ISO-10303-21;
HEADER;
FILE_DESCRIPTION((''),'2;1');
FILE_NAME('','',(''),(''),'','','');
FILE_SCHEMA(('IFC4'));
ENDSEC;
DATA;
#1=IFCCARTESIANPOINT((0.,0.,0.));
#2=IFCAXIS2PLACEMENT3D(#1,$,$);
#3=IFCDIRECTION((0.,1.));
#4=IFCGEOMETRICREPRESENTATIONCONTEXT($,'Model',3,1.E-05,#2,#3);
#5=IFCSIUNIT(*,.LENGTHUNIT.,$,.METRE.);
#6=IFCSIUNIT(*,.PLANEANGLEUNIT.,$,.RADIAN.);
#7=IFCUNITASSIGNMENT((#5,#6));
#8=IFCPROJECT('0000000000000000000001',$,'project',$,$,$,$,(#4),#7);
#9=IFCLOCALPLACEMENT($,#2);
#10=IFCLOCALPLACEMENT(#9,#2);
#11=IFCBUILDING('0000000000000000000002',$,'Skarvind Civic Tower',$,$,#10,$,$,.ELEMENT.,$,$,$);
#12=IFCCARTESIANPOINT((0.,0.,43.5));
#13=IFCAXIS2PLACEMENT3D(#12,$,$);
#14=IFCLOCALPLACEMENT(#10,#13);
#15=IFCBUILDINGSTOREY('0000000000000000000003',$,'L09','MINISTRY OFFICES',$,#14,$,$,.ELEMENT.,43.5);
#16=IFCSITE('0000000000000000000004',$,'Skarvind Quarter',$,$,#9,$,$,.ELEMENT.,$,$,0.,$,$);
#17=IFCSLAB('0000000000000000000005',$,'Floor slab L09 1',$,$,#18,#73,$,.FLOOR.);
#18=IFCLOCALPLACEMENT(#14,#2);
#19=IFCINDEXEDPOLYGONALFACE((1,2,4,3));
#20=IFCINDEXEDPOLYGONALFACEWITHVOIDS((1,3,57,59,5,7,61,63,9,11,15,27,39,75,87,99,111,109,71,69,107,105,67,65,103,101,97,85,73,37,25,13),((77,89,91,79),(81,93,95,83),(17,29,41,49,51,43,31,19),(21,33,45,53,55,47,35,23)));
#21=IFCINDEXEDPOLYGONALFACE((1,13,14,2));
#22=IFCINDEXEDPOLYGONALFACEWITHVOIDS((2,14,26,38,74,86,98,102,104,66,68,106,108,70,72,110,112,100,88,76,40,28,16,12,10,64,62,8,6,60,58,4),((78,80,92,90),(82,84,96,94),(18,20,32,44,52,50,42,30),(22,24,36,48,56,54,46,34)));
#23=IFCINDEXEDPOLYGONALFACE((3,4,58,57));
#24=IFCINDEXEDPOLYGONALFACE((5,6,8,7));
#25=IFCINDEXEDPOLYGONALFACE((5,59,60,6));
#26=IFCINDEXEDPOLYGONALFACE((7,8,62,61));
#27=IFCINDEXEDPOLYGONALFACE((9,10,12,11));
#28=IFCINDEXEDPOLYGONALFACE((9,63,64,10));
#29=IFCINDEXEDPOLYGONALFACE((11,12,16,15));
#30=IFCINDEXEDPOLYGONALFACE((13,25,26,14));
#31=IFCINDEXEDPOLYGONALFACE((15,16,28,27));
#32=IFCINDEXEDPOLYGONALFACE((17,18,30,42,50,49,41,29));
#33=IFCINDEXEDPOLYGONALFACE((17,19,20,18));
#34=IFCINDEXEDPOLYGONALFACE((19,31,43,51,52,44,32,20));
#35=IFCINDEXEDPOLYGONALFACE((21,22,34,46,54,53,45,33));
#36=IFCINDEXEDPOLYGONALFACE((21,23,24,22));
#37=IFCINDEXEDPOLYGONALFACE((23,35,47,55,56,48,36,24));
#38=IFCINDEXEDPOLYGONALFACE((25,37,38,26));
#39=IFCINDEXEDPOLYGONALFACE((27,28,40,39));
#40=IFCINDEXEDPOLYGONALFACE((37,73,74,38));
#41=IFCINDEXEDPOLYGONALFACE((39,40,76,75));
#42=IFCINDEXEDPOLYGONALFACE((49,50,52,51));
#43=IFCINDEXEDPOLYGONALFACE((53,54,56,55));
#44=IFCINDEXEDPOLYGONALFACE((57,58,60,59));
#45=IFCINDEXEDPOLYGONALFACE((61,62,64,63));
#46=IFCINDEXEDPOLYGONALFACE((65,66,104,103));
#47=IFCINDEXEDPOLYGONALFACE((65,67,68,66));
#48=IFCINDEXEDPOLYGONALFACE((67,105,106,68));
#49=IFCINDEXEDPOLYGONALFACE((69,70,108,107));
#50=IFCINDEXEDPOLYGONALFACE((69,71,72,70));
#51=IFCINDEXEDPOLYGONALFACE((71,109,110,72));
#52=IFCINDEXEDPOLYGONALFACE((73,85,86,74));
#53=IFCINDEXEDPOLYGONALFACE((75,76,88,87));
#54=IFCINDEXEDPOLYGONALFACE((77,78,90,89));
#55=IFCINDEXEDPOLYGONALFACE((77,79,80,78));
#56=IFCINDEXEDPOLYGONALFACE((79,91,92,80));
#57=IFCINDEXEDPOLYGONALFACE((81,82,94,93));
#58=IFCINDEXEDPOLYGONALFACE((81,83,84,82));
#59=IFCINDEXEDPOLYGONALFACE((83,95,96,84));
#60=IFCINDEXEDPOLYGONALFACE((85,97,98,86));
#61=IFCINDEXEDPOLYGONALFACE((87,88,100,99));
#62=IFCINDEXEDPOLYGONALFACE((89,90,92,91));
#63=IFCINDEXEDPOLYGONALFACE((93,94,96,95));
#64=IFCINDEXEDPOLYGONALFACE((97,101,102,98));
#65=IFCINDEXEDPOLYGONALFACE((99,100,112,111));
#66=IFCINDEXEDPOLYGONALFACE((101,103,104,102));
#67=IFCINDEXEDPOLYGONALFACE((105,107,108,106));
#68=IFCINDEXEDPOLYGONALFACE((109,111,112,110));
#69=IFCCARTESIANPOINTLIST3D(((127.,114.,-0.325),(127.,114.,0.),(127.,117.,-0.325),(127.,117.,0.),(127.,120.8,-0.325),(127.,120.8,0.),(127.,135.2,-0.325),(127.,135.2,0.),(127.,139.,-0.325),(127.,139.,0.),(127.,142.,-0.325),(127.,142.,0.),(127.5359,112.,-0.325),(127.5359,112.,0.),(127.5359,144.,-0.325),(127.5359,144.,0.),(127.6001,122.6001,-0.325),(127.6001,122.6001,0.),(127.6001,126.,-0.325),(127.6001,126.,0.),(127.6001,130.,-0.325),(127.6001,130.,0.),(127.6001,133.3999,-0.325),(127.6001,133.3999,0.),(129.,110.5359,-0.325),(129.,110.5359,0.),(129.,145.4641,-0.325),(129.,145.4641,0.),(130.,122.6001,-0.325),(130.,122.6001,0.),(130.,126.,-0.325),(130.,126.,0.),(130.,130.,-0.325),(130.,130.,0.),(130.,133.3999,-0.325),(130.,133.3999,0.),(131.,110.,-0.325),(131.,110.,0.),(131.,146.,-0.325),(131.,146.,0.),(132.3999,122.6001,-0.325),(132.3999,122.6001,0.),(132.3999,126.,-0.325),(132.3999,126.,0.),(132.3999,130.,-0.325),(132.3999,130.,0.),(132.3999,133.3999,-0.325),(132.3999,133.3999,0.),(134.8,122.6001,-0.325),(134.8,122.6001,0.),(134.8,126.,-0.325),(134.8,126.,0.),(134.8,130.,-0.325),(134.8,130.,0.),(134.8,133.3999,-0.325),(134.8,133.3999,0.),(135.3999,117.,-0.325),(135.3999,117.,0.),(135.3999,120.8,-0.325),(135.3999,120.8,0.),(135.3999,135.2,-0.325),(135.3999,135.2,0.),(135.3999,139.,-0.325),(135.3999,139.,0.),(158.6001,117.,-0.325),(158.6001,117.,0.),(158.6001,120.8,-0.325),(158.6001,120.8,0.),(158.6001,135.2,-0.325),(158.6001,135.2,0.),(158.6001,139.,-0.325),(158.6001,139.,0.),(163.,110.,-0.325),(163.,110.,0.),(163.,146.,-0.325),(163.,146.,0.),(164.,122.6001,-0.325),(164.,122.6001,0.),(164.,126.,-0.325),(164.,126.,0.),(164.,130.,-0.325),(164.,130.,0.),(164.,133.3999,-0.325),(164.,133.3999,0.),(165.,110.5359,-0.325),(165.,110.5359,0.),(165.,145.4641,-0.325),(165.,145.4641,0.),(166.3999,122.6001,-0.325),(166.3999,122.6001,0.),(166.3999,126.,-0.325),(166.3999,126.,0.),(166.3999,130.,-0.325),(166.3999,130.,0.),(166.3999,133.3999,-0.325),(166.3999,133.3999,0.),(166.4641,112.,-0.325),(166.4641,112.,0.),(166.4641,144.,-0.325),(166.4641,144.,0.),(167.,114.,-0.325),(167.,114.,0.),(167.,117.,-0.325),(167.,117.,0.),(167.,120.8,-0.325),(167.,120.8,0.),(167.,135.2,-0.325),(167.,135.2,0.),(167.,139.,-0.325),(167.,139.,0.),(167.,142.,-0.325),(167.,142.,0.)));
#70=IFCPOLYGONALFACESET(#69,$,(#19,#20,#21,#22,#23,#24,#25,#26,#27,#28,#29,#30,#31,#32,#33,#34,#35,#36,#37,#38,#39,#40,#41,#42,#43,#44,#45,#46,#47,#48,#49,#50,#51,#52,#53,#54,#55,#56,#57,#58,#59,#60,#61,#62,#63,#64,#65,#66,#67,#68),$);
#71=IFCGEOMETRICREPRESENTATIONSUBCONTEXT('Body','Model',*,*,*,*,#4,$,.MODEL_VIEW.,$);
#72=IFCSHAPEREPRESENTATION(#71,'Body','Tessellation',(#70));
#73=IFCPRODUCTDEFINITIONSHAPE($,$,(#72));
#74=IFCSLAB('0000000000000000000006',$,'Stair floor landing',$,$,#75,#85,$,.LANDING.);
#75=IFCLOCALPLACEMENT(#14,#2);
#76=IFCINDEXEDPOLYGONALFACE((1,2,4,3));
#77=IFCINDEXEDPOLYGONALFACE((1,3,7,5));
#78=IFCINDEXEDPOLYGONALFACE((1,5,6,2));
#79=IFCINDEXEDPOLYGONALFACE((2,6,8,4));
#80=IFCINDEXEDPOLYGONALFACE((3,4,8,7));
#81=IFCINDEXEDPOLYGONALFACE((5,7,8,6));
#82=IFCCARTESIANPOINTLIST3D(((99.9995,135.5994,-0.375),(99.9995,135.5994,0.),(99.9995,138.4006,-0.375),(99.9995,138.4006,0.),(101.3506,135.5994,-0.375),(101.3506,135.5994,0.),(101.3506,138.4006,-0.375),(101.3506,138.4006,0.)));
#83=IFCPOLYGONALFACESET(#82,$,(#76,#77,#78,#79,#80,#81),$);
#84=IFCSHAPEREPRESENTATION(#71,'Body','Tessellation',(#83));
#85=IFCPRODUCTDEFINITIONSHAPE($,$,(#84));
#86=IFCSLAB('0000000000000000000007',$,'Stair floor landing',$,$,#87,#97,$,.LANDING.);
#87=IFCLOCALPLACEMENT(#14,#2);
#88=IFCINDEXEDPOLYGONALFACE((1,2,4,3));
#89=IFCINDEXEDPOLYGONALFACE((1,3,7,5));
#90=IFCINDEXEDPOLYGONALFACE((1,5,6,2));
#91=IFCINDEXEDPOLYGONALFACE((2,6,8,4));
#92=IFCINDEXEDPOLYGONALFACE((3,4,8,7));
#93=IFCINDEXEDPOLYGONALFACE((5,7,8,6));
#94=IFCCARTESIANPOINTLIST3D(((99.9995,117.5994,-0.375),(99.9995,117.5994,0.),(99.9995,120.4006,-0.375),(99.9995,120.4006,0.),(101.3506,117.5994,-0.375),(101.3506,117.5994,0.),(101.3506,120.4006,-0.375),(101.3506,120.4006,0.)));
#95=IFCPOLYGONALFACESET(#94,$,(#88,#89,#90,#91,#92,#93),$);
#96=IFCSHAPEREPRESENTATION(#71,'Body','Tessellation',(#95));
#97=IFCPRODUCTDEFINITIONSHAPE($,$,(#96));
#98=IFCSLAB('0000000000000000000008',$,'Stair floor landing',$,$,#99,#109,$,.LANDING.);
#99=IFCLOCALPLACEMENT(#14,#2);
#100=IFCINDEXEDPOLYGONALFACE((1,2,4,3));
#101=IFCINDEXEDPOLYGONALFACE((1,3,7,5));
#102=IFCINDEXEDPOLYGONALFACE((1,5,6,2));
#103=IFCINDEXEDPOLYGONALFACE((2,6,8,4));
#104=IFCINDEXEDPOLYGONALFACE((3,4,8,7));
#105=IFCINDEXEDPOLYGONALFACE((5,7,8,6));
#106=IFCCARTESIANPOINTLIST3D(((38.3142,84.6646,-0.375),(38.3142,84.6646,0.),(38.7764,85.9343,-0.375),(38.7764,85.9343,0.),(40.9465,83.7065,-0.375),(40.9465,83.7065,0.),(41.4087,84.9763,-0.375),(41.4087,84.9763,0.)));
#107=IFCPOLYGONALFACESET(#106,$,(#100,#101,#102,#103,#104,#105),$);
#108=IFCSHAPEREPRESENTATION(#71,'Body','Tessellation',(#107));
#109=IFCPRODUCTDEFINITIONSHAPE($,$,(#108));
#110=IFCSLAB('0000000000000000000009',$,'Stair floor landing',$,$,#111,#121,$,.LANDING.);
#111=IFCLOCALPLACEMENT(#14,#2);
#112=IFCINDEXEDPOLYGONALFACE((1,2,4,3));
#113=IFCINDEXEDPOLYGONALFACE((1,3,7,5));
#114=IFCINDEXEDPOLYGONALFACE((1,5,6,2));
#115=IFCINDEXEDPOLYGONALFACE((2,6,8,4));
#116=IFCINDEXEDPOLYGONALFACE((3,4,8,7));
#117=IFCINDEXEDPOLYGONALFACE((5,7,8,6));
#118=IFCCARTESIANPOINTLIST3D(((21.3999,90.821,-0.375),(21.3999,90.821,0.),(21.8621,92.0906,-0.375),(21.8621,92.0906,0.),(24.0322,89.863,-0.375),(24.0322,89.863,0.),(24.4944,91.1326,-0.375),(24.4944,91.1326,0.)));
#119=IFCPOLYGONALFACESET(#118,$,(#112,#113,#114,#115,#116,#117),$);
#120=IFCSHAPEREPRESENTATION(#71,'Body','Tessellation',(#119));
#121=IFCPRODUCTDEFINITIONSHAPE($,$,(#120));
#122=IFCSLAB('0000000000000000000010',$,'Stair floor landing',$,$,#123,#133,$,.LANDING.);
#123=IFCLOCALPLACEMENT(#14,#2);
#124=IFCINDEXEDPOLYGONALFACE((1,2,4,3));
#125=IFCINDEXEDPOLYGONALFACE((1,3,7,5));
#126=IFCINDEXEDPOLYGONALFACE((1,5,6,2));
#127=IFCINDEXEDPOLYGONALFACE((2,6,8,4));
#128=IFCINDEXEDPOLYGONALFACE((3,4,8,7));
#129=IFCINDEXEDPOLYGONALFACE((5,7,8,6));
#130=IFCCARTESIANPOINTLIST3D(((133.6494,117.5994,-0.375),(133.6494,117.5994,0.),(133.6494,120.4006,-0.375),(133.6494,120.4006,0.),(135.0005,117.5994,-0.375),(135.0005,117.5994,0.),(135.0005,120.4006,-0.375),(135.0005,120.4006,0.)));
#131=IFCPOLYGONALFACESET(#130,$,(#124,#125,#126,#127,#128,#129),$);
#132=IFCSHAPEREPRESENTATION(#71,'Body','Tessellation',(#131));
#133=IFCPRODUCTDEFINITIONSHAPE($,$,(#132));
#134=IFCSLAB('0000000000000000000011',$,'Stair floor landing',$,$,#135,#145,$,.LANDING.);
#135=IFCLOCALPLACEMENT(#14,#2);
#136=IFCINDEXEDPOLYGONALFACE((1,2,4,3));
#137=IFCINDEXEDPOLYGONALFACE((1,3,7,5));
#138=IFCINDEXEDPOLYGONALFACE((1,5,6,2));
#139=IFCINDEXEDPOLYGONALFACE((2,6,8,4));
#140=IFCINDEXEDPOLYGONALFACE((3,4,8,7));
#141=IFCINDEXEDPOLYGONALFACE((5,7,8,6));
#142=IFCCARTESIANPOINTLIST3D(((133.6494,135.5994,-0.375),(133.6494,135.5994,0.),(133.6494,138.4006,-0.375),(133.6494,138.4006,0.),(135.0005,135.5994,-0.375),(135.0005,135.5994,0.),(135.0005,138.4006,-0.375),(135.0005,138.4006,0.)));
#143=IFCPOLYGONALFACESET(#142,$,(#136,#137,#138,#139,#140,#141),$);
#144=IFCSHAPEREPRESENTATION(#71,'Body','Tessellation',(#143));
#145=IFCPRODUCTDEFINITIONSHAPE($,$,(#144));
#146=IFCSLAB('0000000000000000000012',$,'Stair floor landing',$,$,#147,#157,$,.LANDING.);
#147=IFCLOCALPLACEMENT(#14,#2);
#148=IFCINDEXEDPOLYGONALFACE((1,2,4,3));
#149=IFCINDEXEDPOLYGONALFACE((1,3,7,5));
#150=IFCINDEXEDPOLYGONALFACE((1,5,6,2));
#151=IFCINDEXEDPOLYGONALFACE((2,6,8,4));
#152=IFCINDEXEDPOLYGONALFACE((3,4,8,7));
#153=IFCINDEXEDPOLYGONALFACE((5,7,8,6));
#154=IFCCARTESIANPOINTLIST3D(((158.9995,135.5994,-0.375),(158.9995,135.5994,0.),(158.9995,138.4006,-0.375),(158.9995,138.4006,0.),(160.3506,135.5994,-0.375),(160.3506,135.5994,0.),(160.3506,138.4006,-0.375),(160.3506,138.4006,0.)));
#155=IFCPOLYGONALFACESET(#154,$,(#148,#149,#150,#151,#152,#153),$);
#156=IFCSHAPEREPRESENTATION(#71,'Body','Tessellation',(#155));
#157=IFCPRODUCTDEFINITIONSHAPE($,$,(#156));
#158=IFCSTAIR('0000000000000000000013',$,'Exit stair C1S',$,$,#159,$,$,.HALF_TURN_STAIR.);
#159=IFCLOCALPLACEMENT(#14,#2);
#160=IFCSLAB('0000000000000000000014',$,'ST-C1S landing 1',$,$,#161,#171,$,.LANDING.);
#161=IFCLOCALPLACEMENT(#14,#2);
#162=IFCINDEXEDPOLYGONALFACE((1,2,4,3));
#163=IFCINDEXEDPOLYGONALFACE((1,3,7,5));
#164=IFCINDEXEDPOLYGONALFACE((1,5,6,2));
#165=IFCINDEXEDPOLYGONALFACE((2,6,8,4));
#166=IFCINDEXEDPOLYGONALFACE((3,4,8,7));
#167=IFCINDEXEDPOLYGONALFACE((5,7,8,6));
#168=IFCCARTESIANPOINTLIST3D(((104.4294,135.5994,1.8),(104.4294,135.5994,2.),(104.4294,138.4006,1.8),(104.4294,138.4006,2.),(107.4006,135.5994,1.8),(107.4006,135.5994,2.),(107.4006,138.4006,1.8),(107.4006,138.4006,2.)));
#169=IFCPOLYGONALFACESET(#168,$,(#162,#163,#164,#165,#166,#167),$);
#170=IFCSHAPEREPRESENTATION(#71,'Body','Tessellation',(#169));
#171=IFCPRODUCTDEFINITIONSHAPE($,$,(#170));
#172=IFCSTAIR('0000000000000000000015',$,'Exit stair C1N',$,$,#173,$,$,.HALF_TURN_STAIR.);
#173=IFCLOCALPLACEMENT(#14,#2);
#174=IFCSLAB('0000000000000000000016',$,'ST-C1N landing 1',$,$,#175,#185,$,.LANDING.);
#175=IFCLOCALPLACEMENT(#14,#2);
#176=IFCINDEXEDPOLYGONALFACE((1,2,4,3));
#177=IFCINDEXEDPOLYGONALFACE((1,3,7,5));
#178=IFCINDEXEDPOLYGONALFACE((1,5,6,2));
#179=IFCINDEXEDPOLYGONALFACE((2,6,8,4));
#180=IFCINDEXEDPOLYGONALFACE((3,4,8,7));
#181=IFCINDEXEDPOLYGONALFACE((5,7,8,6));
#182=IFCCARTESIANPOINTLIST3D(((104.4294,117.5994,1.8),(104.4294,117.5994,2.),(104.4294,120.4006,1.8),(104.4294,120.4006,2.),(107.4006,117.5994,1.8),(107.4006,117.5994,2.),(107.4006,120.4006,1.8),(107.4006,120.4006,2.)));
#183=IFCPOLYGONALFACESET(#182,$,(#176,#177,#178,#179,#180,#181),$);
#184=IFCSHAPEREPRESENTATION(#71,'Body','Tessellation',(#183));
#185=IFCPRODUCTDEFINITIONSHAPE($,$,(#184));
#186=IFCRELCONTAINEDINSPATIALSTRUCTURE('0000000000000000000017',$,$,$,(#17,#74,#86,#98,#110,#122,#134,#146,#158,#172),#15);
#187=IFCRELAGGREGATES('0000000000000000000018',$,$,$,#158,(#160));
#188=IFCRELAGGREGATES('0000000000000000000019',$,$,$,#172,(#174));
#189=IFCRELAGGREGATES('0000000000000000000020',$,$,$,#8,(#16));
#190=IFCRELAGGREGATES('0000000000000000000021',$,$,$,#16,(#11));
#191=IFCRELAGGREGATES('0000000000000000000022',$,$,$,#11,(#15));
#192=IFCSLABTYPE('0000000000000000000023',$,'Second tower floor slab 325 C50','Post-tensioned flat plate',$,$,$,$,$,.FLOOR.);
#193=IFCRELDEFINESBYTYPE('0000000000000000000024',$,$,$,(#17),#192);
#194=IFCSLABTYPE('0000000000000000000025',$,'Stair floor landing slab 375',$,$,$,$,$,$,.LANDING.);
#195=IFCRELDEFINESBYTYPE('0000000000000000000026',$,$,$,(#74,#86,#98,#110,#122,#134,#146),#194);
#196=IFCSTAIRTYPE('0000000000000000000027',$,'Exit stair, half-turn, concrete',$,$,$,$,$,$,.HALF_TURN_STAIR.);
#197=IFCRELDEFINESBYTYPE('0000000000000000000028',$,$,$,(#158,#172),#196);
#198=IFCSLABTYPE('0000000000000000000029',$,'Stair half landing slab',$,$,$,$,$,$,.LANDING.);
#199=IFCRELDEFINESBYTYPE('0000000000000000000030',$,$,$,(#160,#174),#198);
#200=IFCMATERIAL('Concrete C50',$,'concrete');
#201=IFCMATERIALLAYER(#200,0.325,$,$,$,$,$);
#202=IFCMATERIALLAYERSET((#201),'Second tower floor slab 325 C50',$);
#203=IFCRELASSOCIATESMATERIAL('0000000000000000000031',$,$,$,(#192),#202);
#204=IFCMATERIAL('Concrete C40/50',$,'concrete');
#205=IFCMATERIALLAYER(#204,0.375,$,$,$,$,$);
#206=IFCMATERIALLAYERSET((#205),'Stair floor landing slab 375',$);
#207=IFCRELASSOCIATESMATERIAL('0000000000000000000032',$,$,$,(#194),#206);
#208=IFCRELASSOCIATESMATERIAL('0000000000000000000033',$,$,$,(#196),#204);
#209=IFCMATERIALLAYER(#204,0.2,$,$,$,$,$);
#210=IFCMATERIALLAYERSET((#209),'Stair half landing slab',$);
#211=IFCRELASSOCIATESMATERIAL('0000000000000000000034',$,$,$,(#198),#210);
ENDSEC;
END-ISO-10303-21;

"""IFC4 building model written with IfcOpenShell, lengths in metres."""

from ifc_helpers import new_model, si_unit, direction, frame, origin, place, context, subcontext, project, spatial, polyline, outline, extrude, material, layer, layer_set, type_object, element, aggregate, save


model = new_model("IFC4")

# Units and contexts
model_context = context("Model", 3, precision=1e-05, world=origin(), true_north=direction((0.0, 1.0)))
body_context = subcontext(model_context, "Body", "Model", "MODEL_VIEW")
ifc_project = project(units=[si_unit("LENGTHUNIT", "METRE"), si_unit("PLANEANGLEUNIT", "RADIAN")], contexts=[model_context])

# Site, building, storey
site_placement = place(None, origin())
site = spatial("IfcSite", under=ifc_project, at=site_placement, Name="Skarvind Quarter", CompositionType="ELEMENT", RefElevation=0.0)
building_placement = place(site_placement, origin())
building = spatial("IfcBuilding", under=site, at=building_placement, Name="Skarvind Civic Tower", CompositionType="ELEMENT")
storey_placement = place(building_placement, frame((0.0, 0.0, 43.5)))
storey = spatial("IfcBuildingStorey", under=building, at=storey_placement, Name="L09", Description="MINISTRY OFFICES", CompositionType="ELEMENT", Elevation=43.5)

# Slabs
ifc_material_1 = material(Name="Concrete C50", Category="concrete")
ifc_layer_1 = layer(ifc_material_1, 0.325)
ifc_layer_set_1 = layer_set([ifc_layer_1], Name="Second tower floor slab 325 C50")
slab_type_1 = type_object("IfcSlabType", Name="Second tower floor slab 325 C50", Description="Post-tensioned flat plate", PredefinedType="FLOOR", material=ifc_layer_set_1)
slab_1_placement = place(storey_placement, frame((0.0, 0.0, -0.325)))
element("IfcSlab", 1, at=slab_1_placement, inside=storey, type_object=slab_type_1, Name="Floor slab L09 1", PredefinedType="FLOOR", context=body_context, shape_type="SweptSolid", body=[
    extrude(outline(polyline([(127.0, 139.0), (135.3999, 139.0), (135.3999, 135.2), (127.0, 135.2), (127.0, 120.8), (135.3999, 120.8), (135.3999, 117.0), (127.0, 117.0), (127.0, 114.0), (127.5359, 112.0), (129.0, 110.5359), (131.0, 110.0), (163.0, 110.0), (165.0, 110.5359), (166.4641, 112.0), (167.0, 114.0), (167.0, 117.0), (158.6001, 117.0), (158.6001, 120.8), (167.0, 120.8), (167.0, 135.2), (158.6001, 135.2), (158.6001, 139.0), (167.0, 139.0), (167.0, 142.0), (166.4641, 144.0), (165.0, 145.4641), (163.0, 146.0), (131.0, 146.0), (129.0, 145.4641), (127.5359, 144.0), (127.0, 142.0), (127.0, 139.0)]), holes=[polyline([(132.3999, 126.0), (134.8, 126.0), (134.8, 122.6001), (132.3999, 122.6001), (130.0, 122.6001), (127.6001, 122.6001), (127.6001, 126.0), (130.0, 126.0), (132.3999, 126.0)]), polyline([(130.0, 133.3999), (132.3999, 133.3999), (134.8, 133.3999), (134.8, 130.0), (132.3999, 130.0), (130.0, 130.0), (127.6001, 130.0), (127.6001, 133.3999), (130.0, 133.3999)]), polyline([(166.3999, 126.0), (166.3999, 122.6001), (164.0, 122.6001), (164.0, 126.0), (166.3999, 126.0)]), polyline([(166.3999, 133.3999), (166.3999, 130.0), (164.0, 130.0), (164.0, 133.3999), (166.3999, 133.3999)])]), origin(), (0.0, 0.0, 1.0), 0.325),
])
ifc_material_2 = material(Name="Concrete C40/50", Category="concrete")
ifc_layer_2 = layer(ifc_material_2, 0.375)
ifc_layer_set_2 = layer_set([ifc_layer_2], Name="Stair floor landing slab 375")
slab_type_2 = type_object("IfcSlabType", Name="Stair floor landing slab 375", PredefinedType="LANDING", material=ifc_layer_set_2)
slab_2_placement = place(storey_placement, frame((0.0, 0.0, -0.375)))
element("IfcSlab", 2, at=slab_2_placement, inside=storey, type_object=slab_type_2, Name="Stair floor landing", PredefinedType="LANDING", context=body_context, shape_type="SweptSolid", body=[
    extrude(outline(polyline([(101.3506, 138.4006), (101.3506, 135.5994), (99.9995, 135.5994), (99.9995, 138.4006), (101.3506, 138.4006)])), origin(), (0.0, 0.0, 1.0), 0.375),
])
slab_3_placement = place(storey_placement, frame((0.0, 0.0, -0.375)))
element("IfcSlab", 3, at=slab_3_placement, inside=storey, type_object=slab_type_2, Name="Stair floor landing", PredefinedType="LANDING", context=body_context, shape_type="SweptSolid", body=[
    extrude(outline(polyline([(101.3506, 120.4006), (101.3506, 117.5994), (99.9995, 117.5994), (99.9995, 120.4006), (101.3506, 120.4006)])), origin(), (0.0, 0.0, 1.0), 0.375),
])
slab_4_placement = place(storey_placement, frame((0.0, 0.0, -0.375)))
element("IfcSlab", 4, at=slab_4_placement, inside=storey, type_object=slab_type_2, Name="Stair floor landing", PredefinedType="LANDING", context=body_context, shape_type="SweptSolid", body=[
    extrude(outline(polyline([(40.9465, 83.7065), (38.3142, 84.6646), (38.7764, 85.9343), (41.4087, 84.9763), (40.9465, 83.7065)])), origin(), (0.0, 0.0, 1.0), 0.375),
])
slab_5_placement = place(storey_placement, frame((0.0, 0.0, -0.375)))
element("IfcSlab", 5, at=slab_5_placement, inside=storey, type_object=slab_type_2, Name="Stair floor landing", PredefinedType="LANDING", context=body_context, shape_type="SweptSolid", body=[
    extrude(outline(polyline([(24.0322, 89.863), (21.3999, 90.821), (21.8621, 92.0906), (24.4944, 91.1326), (24.0322, 89.863)])), origin(), (0.0, 0.0, 1.0), 0.375),
])
slab_6_placement = place(storey_placement, frame((0.0, 0.0, -0.375)))
element("IfcSlab", 6, at=slab_6_placement, inside=storey, type_object=slab_type_2, Name="Stair floor landing", PredefinedType="LANDING", context=body_context, shape_type="SweptSolid", body=[
    extrude(outline(polyline([(133.6494, 117.5994), (133.6494, 120.4006), (135.0005, 120.4006), (135.0005, 117.5994), (133.6494, 117.5994)])), origin(), (0.0, 0.0, 1.0), 0.375),
])
slab_7_placement = place(storey_placement, frame((0.0, 0.0, -0.375)))
element("IfcSlab", 7, at=slab_7_placement, inside=storey, type_object=slab_type_2, Name="Stair floor landing", PredefinedType="LANDING", context=body_context, shape_type="SweptSolid", body=[
    extrude(outline(polyline([(133.6494, 135.5994), (133.6494, 138.4006), (135.0005, 138.4006), (135.0005, 135.5994), (133.6494, 135.5994)])), origin(), (0.0, 0.0, 1.0), 0.375),
])
slab_8_placement = place(storey_placement, frame((0.0, 0.0, -0.375)))
element("IfcSlab", 8, at=slab_8_placement, inside=storey, type_object=slab_type_2, Name="Stair floor landing", PredefinedType="LANDING", context=body_context, shape_type="SweptSolid", body=[
    extrude(outline(polyline([(160.3506, 138.4006), (160.3506, 135.5994), (158.9995, 135.5994), (158.9995, 138.4006), (160.3506, 138.4006)])), origin(), (0.0, 0.0, 1.0), 0.375),
])

# Stairs, slabs
stair_type = type_object("IfcStairType", Name="Exit stair, half-turn, concrete", PredefinedType="HALF_TURN_STAIR", material=ifc_material_2)
stair_1_placement = place(storey_placement, origin())
stair_1 = element("IfcStair", 9, at=stair_1_placement, inside=storey, type_object=stair_type, Name="Exit stair C1S", PredefinedType="HALF_TURN_STAIR")
ifc_layer_3 = layer(ifc_material_2, 0.2)
ifc_layer_set_3 = layer_set([ifc_layer_3], Name="Stair half landing slab")
slab_type_3 = type_object("IfcSlabType", Name="Stair half landing slab", PredefinedType="LANDING", material=ifc_layer_set_3)
slab_9_placement = place(storey_placement, frame((0.0, 0.0, 1.8)))
slab_9 = element("IfcSlab", 10, at=slab_9_placement, type_object=slab_type_3, Name="ST-C1S landing 1", PredefinedType="LANDING", context=body_context, shape_type="SweptSolid", body=[
    extrude(outline(polyline([(104.4294, 135.5994), (104.4294, 138.4006), (107.4006, 138.4006), (107.4006, 135.5994), (104.4294, 135.5994)])), origin(), (0.0, 0.0, 1.0), 0.2),
])
aggregate(stair_1, [slab_9])
stair_2_placement = place(storey_placement, origin())
stair_2 = element("IfcStair", 11, at=stair_2_placement, inside=storey, type_object=stair_type, Name="Exit stair C1N", PredefinedType="HALF_TURN_STAIR")
slab_10_placement = place(storey_placement, frame((0.0, 0.0, 1.8)))
slab_10 = element("IfcSlab", 12, at=slab_10_placement, type_object=slab_type_3, Name="ST-C1N landing 1", PredefinedType="LANDING", context=body_context, shape_type="SweptSolid", body=[
    extrude(outline(polyline([(104.4294, 117.5994), (104.4294, 120.4006), (107.4006, 120.4006), (107.4006, 117.5994), (104.4294, 117.5994)])), origin(), (0.0, 0.0, 1.0), 0.2),
])
aggregate(stair_2, [slab_10])

save(model, "model.ifc")
